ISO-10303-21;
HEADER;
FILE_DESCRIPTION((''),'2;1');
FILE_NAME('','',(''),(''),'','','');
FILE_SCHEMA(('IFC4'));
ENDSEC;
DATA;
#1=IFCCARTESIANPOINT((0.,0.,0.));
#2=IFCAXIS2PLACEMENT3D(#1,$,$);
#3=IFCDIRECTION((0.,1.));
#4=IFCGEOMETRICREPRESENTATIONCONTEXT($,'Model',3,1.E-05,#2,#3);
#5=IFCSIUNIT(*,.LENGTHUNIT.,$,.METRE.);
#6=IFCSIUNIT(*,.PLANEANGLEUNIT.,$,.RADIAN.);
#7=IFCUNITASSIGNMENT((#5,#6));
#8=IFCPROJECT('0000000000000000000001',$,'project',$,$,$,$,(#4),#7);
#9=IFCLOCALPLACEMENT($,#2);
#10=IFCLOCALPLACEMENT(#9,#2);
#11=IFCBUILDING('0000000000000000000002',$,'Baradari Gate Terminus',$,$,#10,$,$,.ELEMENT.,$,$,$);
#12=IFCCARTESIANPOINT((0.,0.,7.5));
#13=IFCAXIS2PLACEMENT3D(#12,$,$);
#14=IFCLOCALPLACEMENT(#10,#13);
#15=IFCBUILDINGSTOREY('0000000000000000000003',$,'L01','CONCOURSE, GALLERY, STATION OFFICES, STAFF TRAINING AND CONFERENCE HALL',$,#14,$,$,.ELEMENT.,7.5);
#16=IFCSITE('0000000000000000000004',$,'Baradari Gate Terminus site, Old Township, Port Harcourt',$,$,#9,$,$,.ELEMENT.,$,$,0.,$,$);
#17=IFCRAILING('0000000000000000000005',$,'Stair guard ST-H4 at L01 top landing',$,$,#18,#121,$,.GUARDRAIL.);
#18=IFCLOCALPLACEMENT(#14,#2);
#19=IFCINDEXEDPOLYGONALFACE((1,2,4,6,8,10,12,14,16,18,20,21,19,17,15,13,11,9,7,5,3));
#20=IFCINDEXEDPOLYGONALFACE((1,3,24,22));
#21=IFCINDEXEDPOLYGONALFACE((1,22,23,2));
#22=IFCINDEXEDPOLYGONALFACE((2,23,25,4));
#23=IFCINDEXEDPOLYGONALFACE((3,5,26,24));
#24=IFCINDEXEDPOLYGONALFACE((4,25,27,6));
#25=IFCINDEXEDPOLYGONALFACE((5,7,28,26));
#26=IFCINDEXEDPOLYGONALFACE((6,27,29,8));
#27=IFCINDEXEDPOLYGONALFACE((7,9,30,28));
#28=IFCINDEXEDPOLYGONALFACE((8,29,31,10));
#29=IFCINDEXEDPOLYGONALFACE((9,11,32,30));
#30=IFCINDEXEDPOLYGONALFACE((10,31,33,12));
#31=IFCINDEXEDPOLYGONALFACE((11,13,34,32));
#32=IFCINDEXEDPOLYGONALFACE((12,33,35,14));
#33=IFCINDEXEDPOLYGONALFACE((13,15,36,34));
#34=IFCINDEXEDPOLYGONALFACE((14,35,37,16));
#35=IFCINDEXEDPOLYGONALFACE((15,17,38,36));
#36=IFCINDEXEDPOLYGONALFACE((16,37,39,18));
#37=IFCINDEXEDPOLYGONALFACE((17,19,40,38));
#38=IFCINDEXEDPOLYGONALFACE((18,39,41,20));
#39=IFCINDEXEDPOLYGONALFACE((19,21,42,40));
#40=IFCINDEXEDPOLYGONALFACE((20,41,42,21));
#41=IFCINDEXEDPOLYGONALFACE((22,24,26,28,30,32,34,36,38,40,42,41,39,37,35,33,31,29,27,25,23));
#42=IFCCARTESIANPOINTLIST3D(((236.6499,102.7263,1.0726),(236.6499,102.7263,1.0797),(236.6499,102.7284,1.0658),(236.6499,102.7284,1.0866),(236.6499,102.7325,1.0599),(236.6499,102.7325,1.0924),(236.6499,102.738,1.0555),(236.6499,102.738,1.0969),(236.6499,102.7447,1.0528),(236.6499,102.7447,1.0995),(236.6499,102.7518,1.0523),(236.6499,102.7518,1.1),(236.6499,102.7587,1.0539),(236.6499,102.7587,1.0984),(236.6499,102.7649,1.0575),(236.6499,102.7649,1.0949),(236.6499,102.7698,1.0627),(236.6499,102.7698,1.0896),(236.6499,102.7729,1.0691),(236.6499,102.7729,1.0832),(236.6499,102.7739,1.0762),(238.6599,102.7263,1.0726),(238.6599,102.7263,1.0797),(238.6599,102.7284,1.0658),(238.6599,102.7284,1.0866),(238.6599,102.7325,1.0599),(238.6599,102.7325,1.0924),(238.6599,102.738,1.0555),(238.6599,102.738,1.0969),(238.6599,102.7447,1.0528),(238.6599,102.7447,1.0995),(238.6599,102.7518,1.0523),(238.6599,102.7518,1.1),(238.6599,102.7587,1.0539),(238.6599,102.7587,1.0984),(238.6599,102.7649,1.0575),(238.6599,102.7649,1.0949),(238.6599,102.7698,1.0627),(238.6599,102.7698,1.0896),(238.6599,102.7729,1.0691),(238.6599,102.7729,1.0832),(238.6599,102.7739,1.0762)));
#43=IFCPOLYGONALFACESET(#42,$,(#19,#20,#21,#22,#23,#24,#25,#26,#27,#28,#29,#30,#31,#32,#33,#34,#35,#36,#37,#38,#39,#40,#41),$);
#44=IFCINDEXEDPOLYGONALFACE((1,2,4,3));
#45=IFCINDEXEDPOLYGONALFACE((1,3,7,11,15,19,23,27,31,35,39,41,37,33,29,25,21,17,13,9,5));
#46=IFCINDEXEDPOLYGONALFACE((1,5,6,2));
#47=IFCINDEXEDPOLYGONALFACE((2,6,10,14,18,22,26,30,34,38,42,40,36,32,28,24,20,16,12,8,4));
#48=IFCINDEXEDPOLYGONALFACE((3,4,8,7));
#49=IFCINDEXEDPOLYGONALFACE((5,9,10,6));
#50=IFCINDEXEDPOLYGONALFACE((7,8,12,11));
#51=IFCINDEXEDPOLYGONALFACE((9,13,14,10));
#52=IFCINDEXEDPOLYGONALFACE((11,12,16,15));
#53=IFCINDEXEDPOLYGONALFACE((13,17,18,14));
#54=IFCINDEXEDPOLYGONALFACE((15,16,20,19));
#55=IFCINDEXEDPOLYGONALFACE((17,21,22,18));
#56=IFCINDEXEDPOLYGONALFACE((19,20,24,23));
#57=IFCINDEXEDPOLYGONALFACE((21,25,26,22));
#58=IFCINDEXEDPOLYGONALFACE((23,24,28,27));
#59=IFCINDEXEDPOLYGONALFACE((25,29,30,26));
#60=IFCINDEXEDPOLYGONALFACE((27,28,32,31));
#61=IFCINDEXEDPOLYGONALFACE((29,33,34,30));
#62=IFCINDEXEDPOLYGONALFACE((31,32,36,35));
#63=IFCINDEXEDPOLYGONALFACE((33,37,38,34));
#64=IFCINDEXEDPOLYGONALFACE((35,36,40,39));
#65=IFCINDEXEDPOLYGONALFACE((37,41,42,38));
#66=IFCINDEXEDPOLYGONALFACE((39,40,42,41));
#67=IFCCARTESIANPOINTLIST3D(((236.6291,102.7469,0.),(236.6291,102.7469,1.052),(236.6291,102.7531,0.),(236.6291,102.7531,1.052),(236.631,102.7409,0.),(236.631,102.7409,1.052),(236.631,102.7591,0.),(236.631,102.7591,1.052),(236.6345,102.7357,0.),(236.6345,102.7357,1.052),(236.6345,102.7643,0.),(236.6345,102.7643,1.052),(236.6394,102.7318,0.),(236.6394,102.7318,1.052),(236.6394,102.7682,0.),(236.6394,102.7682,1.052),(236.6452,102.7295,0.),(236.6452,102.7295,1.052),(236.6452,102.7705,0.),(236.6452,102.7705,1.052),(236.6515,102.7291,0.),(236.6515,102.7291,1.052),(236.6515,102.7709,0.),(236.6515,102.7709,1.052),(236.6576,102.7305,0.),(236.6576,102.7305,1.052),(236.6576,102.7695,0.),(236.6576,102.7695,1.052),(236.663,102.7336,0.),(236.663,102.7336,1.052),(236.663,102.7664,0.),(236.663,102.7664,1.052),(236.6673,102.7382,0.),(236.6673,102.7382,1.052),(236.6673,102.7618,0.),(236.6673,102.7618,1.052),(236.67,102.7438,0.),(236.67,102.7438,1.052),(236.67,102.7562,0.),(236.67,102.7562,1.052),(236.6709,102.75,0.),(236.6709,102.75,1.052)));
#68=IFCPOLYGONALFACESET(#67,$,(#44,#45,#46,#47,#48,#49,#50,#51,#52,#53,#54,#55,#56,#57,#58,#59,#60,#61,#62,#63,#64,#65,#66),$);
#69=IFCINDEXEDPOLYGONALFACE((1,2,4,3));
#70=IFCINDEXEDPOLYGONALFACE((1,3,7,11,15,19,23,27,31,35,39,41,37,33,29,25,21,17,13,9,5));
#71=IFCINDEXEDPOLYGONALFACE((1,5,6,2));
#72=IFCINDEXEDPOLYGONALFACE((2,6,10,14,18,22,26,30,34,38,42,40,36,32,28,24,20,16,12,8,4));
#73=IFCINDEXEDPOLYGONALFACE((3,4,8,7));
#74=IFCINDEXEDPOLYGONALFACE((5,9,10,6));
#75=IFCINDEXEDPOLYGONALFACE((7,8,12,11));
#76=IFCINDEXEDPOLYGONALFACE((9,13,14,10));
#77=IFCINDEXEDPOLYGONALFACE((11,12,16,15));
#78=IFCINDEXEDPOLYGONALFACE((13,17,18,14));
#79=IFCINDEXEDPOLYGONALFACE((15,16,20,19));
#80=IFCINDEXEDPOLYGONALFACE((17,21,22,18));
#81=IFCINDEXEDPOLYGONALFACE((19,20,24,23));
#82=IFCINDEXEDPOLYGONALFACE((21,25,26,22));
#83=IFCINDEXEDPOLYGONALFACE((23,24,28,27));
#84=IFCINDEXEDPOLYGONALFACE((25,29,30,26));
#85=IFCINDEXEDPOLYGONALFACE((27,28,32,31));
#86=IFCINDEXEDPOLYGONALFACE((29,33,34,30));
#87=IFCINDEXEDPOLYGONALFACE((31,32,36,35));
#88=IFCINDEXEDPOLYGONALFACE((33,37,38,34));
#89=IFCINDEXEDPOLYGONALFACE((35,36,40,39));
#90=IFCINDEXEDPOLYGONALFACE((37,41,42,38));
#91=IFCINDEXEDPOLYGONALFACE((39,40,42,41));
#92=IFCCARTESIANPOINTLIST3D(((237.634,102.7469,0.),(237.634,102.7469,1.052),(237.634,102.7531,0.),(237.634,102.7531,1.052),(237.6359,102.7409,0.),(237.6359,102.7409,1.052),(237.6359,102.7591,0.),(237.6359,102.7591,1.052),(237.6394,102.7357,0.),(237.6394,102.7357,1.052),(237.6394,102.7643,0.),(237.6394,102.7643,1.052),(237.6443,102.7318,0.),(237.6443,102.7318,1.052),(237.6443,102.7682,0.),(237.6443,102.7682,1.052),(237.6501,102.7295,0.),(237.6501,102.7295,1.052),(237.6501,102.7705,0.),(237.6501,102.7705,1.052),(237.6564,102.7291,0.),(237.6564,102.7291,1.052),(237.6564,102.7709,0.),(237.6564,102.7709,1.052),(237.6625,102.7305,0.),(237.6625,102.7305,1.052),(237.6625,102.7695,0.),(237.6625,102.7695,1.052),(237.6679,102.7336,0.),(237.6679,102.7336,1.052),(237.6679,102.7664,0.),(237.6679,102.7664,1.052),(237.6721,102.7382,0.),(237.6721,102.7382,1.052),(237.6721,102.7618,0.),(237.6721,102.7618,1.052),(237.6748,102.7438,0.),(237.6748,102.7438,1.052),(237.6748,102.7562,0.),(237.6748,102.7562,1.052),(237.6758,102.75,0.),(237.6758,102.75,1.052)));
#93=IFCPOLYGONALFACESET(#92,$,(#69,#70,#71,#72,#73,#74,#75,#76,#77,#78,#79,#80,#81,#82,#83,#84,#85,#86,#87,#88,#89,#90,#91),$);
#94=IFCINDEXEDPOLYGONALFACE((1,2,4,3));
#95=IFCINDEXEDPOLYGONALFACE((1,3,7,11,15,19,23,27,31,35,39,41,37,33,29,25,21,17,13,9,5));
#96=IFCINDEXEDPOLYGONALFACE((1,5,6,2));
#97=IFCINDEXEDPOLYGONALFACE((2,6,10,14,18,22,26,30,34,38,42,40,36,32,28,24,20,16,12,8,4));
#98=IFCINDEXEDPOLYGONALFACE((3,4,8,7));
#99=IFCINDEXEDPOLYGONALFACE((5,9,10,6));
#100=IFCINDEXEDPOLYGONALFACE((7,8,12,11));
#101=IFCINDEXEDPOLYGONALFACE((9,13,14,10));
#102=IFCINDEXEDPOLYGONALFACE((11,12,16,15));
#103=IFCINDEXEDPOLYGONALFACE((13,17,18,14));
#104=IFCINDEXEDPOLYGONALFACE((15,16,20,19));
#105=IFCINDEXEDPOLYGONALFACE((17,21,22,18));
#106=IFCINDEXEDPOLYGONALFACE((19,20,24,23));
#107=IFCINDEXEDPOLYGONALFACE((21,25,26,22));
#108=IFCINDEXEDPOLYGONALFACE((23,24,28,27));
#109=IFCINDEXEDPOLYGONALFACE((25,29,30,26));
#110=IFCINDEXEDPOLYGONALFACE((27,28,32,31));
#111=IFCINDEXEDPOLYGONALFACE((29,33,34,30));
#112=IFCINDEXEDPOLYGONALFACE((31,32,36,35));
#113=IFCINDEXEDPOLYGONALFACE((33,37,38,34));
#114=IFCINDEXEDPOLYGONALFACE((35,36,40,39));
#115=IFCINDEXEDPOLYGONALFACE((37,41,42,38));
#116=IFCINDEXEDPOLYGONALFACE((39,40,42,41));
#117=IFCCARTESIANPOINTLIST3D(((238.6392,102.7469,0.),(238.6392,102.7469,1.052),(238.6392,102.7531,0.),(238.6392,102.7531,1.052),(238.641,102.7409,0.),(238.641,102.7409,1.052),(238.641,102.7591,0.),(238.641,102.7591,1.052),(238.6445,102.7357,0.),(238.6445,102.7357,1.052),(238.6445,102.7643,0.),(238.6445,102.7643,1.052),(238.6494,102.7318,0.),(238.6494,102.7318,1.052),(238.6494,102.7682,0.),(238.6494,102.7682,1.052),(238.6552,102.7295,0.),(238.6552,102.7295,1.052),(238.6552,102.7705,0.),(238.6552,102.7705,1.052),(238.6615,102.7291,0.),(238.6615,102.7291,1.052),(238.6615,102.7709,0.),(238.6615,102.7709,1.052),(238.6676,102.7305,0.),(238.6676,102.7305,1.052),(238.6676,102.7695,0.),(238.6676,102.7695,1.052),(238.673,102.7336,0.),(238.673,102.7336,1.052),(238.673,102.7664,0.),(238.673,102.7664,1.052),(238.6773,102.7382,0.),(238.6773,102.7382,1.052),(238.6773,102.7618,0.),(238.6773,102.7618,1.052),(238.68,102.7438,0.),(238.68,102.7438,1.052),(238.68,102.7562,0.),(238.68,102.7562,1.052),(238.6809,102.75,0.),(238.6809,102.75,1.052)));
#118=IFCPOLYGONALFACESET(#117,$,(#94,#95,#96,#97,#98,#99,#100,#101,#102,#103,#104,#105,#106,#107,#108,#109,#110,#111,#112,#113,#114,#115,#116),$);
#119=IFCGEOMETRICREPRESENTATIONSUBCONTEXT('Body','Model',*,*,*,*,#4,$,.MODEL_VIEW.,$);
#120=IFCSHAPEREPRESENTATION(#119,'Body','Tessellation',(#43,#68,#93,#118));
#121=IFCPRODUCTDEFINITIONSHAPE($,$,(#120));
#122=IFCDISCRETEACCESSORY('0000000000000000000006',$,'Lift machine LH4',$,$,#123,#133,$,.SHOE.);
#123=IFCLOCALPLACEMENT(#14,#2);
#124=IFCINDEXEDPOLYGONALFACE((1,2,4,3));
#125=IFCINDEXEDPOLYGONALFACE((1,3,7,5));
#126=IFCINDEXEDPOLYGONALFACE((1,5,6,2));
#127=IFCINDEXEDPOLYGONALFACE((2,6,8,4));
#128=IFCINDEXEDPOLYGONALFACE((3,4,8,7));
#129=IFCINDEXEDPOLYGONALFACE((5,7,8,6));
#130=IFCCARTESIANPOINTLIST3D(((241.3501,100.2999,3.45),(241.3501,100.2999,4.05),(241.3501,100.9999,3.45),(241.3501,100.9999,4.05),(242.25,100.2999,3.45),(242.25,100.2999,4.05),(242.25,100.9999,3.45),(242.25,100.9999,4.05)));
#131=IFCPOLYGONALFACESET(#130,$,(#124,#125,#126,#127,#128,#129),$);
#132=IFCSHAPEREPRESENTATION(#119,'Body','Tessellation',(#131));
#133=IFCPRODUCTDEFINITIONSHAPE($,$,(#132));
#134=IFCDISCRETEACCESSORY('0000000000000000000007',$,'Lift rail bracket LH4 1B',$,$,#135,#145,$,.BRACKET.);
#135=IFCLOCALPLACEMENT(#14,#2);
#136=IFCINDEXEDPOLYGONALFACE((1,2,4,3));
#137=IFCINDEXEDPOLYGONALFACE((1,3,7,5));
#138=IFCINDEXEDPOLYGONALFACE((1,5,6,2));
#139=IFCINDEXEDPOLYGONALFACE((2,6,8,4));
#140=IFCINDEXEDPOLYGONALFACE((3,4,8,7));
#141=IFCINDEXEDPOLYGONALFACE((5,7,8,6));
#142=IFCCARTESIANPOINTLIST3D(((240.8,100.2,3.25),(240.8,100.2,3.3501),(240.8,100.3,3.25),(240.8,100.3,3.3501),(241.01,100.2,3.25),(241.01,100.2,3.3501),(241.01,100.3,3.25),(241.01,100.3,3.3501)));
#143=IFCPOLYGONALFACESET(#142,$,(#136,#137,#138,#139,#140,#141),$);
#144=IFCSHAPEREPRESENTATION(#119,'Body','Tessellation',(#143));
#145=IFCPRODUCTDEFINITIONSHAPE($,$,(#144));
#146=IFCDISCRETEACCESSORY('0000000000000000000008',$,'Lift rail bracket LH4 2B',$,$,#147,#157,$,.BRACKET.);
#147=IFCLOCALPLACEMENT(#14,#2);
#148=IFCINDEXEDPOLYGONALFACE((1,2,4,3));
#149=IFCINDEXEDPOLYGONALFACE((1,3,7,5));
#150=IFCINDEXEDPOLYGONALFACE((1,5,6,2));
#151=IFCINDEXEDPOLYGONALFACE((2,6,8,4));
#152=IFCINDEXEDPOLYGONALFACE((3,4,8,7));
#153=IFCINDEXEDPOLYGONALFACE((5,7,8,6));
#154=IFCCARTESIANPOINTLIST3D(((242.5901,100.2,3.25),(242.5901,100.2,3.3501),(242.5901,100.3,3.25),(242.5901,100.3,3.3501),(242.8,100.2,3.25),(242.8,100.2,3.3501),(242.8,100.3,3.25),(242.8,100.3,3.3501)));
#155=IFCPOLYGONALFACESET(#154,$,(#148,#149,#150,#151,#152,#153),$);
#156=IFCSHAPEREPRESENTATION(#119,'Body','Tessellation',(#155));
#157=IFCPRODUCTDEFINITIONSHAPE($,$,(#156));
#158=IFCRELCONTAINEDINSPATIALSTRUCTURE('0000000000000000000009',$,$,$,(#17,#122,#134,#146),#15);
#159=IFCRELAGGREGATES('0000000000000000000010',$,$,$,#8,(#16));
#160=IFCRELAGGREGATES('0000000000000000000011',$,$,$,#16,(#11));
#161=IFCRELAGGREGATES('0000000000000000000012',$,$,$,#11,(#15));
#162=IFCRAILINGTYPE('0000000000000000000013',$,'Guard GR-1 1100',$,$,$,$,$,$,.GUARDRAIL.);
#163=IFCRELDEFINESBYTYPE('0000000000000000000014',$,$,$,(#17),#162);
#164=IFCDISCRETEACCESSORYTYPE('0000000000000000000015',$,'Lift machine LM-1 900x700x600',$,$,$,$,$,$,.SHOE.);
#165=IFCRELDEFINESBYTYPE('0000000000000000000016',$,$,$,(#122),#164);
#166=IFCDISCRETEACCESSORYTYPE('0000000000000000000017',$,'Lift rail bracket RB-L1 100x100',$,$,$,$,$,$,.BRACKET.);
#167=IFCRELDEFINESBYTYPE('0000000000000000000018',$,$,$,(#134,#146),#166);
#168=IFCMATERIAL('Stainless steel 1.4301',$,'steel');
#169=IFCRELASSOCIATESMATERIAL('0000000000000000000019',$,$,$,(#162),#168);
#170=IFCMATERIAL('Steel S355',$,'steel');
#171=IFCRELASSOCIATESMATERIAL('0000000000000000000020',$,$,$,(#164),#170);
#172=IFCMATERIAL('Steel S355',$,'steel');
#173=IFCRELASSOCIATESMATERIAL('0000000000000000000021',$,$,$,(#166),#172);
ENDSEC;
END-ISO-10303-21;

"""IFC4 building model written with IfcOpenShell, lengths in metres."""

from ifc_helpers import new_model, si_unit, direction, frame, origin, origin_2d, place, context, subcontext, project, spatial, rectangle, circle, extrude, material, type_object, element, save


model = new_model("IFC4")

# Units and contexts
model_context = context("Model", 3, precision=1e-05, world=origin(), true_north=direction((0.0, 1.0)))
body_context = subcontext(model_context, "Body", "Model", "MODEL_VIEW")
ifc_project = project(units=[si_unit("LENGTHUNIT", "METRE"), si_unit("PLANEANGLEUNIT", "RADIAN")], contexts=[model_context])

# Site, building, storey
site_placement = place(None, origin())
site = spatial("IfcSite", under=ifc_project, at=site_placement, Name="Baradari Gate Terminus site, Old Township, Port Harcourt", CompositionType="ELEMENT", RefElevation=0.0)
building_placement = place(site_placement, origin())
building = spatial("IfcBuilding", under=site, at=building_placement, Name="Baradari Gate Terminus", CompositionType="ELEMENT")
storey_placement = place(building_placement, frame((0.0, 0.0, 7.5)))
storey = spatial("IfcBuildingStorey", under=building, at=storey_placement, Name="L01", Description="CONCOURSE, GALLERY, STATION OFFICES, STAFF TRAINING AND CONFERENCE HALL", CompositionType="ELEMENT", Elevation=7.5)

# Railing
ifc_material_1 = material(Name="Stainless steel 1.4301", Category="steel")
railing_type = type_object("IfcRailingType", Name="Guard GR-1 1100", PredefinedType="GUARDRAIL", material=ifc_material_1)
railing_placement = place(storey_placement, frame((236.6499, 102.75, 0.0)))
element("IfcRailing", 1, at=railing_placement, inside=storey, type_object=railing_type, Name="Stair guard ST-H4 at L01 top landing", PredefinedType="GUARDRAIL", context=body_context, shape_type="SweptSolid", body=[
    extrude(circle(Radius=0.0239, at=origin_2d()), frame((0.0, 0.0, 1.0762), z_axis=(1.0, 0.0, 0.0), x_axis=(0.0, 1.0, 0.0)), (0.0, 0.0, 1.0), 2.01),
    extrude(circle(Radius=0.021, at=origin_2d()), origin(), (0.0, 0.0, 1.0), 1.052),
    extrude(circle(Radius=0.021, at=origin_2d()), frame((1.0049, 0.0, 0.0)), (0.0, 0.0, 1.0), 1.052),
    extrude(circle(Radius=0.021, at=origin_2d()), frame((2.01, 0.0, 0.0)), (0.0, 0.0, 1.0), 1.052),
])

# Discrete accessories
ifc_material_2 = material(Name="Steel S355", Category="steel")
discrete_accessory_type_1 = type_object("IfcDiscreteAccessoryType", Name="Lift machine LM-1 900x700x600", PredefinedType="SHOE", material=ifc_material_2)
discrete_accessory_placement = place(storey_placement, frame((241.8, 100.6499, 3.45), z_axis=(0.0, 0.0, 1.0), x_axis=(1.0, 0.0, 0.0)))
element("IfcDiscreteAccessory", 2, at=discrete_accessory_placement, inside=storey, type_object=discrete_accessory_type_1, Name="Lift machine LH4", PredefinedType="SHOE", context=body_context, shape_type="SweptSolid", body=[
    extrude(rectangle(XDim=0.8999, YDim=0.7, at=origin_2d()), origin(), (0.0, 0.0, 1.0), 0.6001),
])
ifc_material_3 = material(Name="Steel S355", Category="steel")
discrete_accessory_type_2 = type_object("IfcDiscreteAccessoryType", Name="Lift rail bracket RB-L1 100x100", PredefinedType="BRACKET", material=ifc_material_3)
for number, where, z_axis, x_axis, name in (
    (3, (240.905, 100.25, 3.25), (0.0, 0.0, 1.0), (1.0, 0.0, 0.0), "Lift rail bracket LH4 1B"),
    (4, (242.6951, 100.25, 3.25), (0.0, 0.0, 1.0), (1.0, 0.0, 0.0), "Lift rail bracket LH4 2B"),
):
    element("IfcDiscreteAccessory", number, at=place(storey_placement, frame(where, z_axis=z_axis, x_axis=x_axis)), inside=storey, type_object=discrete_accessory_type_2, Name=name, PredefinedType="BRACKET", context=body_context, shape_type="SweptSolid", body=[
        extrude(rectangle(XDim=0.21, YDim=0.1001, at=origin_2d()), origin(), (0.0, 0.0, 1.0), 0.1001),
    ])

save(model, "model.ifc")
